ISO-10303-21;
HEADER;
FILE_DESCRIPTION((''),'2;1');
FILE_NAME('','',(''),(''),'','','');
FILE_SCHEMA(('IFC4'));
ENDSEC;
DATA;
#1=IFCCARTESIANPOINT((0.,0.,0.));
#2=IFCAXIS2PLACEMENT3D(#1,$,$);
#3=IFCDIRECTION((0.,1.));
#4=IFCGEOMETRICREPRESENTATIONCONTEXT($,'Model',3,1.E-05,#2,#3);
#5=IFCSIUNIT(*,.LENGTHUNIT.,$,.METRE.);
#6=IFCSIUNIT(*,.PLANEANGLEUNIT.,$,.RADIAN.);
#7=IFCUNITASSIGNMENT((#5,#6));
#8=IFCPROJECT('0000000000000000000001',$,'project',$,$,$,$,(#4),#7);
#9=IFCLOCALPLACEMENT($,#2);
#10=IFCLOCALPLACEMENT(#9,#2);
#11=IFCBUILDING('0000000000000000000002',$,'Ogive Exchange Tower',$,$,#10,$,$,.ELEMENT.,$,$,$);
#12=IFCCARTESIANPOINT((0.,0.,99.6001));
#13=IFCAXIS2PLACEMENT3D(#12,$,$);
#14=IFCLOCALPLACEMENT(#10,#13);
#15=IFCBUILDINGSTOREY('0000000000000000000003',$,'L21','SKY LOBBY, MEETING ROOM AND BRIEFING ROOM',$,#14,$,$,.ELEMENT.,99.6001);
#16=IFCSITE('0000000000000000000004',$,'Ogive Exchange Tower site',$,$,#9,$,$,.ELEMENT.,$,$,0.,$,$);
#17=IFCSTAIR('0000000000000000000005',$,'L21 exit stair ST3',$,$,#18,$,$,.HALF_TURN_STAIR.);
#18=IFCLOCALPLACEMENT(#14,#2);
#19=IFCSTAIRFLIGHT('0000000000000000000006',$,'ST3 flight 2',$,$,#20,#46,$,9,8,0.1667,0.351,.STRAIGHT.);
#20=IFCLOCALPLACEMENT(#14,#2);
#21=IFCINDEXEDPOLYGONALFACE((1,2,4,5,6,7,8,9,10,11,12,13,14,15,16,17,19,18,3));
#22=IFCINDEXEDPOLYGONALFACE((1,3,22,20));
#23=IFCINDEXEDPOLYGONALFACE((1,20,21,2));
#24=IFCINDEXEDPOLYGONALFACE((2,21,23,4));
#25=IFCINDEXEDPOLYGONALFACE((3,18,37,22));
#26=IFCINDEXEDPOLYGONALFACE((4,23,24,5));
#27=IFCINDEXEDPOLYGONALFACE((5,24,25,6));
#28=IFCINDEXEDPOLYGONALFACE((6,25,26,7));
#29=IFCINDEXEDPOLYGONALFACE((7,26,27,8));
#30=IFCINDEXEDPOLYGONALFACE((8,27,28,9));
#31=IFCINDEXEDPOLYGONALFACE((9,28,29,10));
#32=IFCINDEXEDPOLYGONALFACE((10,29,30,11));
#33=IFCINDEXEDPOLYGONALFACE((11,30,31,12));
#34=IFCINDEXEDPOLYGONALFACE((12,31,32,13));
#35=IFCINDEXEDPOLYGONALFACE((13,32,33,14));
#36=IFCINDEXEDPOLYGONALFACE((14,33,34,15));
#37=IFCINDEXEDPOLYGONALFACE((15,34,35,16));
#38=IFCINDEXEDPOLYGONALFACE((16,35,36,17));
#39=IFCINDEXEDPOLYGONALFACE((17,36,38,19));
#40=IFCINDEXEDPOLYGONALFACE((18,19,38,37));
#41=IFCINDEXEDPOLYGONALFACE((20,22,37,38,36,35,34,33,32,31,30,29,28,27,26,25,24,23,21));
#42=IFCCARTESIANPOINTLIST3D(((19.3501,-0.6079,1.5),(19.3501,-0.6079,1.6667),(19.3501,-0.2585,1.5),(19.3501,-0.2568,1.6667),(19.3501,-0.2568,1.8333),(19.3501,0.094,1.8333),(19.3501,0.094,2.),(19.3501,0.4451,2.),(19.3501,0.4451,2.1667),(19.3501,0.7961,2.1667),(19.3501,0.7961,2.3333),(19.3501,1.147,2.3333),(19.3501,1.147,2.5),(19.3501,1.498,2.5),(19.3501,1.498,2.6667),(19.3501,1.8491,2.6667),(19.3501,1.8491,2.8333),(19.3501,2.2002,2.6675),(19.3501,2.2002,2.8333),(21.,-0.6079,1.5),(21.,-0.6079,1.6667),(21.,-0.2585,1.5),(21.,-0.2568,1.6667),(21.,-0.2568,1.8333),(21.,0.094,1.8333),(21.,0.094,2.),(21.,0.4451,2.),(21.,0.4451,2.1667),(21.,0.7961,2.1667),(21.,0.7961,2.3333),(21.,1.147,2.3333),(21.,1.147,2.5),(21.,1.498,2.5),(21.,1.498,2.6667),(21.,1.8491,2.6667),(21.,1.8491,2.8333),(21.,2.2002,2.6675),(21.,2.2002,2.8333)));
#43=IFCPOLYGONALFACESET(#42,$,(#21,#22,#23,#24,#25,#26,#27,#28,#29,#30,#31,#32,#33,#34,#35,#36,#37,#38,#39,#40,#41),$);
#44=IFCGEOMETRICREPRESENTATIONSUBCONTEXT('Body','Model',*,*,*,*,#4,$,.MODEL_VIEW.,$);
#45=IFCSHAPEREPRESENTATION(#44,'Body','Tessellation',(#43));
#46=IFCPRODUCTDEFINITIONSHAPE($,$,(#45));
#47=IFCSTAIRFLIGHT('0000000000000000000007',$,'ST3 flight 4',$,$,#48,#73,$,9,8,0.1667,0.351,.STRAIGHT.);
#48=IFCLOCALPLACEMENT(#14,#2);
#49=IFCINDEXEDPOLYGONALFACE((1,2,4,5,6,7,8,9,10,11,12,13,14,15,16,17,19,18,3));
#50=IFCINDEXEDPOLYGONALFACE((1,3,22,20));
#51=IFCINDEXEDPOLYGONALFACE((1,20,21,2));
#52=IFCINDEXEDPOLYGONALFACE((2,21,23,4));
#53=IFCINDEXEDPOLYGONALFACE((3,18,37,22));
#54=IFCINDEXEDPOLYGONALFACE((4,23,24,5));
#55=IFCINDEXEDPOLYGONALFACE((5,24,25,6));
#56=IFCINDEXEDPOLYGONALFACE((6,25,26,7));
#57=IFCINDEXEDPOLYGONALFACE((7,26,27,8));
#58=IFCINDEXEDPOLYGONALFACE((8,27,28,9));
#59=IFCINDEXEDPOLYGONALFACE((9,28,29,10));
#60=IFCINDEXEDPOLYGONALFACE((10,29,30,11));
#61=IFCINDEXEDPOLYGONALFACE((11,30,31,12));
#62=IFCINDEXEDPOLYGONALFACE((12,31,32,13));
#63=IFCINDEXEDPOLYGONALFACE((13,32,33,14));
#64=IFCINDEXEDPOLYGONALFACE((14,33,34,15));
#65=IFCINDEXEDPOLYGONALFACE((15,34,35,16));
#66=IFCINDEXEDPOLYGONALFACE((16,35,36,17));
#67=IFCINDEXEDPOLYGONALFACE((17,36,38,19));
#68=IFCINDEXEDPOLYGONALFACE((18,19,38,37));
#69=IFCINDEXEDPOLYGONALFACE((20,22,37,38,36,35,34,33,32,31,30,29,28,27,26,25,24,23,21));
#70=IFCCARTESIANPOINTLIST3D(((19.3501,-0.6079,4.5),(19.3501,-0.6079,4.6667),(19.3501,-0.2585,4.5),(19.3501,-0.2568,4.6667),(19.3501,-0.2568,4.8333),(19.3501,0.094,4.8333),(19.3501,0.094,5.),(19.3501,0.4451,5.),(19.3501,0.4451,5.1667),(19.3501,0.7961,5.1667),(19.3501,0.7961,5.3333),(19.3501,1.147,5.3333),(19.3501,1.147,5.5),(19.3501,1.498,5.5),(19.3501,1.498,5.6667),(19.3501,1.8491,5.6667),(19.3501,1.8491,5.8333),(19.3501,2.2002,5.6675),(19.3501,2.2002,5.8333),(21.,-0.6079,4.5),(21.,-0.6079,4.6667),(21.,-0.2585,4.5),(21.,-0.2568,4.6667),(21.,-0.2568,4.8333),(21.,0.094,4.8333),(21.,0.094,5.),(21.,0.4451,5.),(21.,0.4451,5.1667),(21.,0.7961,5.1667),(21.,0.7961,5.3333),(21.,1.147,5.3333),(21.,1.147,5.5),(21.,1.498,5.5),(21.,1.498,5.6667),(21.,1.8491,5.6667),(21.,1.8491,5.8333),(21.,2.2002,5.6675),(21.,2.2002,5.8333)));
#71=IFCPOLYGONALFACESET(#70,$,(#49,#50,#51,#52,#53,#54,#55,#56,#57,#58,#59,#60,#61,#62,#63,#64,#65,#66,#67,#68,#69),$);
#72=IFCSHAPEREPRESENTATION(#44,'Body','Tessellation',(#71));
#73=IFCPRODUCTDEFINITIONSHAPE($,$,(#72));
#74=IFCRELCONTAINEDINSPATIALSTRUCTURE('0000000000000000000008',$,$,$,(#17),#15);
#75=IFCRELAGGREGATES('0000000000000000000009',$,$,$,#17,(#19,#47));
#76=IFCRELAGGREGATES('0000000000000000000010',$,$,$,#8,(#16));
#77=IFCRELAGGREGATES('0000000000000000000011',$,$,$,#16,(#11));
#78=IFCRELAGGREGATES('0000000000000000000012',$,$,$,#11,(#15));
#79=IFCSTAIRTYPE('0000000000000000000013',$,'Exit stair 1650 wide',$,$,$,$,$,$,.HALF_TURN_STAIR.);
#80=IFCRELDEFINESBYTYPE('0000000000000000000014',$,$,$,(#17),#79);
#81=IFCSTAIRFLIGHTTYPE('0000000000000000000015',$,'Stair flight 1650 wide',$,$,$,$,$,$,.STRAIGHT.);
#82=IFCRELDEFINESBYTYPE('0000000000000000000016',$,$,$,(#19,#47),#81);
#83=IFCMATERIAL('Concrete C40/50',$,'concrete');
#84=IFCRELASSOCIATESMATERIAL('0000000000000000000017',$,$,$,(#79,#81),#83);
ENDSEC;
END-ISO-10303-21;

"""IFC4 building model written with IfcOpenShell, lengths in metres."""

from ifc_helpers import new_model, si_unit, direction, frame, origin, place, context, subcontext, project, spatial, polyline, outline, extrude, material, type_object, element, aggregate, save


model = new_model("IFC4")

# Units and contexts
model_context = context("Model", 3, precision=1e-05, world=origin(), true_north=direction((0.0, 1.0)))
body_context = subcontext(model_context, "Body", "Model", "MODEL_VIEW")
ifc_project = project(units=[si_unit("LENGTHUNIT", "METRE"), si_unit("PLANEANGLEUNIT", "RADIAN")], contexts=[model_context])

# Site, building, storey
site_placement = place(None, origin())
site = spatial("IfcSite", under=ifc_project, at=site_placement, Name="Ogive Exchange Tower site", CompositionType="ELEMENT", RefElevation=0.0)
building_placement = place(site_placement, origin())
building = spatial("IfcBuilding", under=site, at=building_placement, Name="Ogive Exchange Tower", CompositionType="ELEMENT")
storey_placement = place(building_placement, frame((0.0, 0.0, 99.6001)))
storey = spatial("IfcBuildingStorey", under=building, at=storey_placement, Name="L21", Description="SKY LOBBY, MEETING ROOM AND BRIEFING ROOM", CompositionType="ELEMENT", Elevation=99.6001)

# Stair, stair flights
ifc_material_1 = material(Name="Concrete C40/50", Category="concrete")
stair_type = type_object("IfcStairType", Name="Exit stair 1650 wide", PredefinedType="HALF_TURN_STAIR", material=ifc_material_1)
stair_placement = place(storey_placement, origin())
stair = element("IfcStair", 1, at=stair_placement, inside=storey, type_object=stair_type, Name="L21 exit stair ST3", PredefinedType="HALF_TURN_STAIR")
stair_flight_type = type_object("IfcStairFlightType", Name="Stair flight 1650 wide", PredefinedType="STRAIGHT", material=ifc_material_1)
stair_flight_1_placement = place(storey_placement, frame((20.175, -0.6079, 1.5), z_axis=(0.0, 0.0, 1.0), x_axis=(0.0, 1.0, 0.0)))
stair_flight_1 = element("IfcStairFlight", 2, at=stair_flight_1_placement, type_object=stair_flight_type, Name="ST3 flight 2", NumberOfRisers=9, NumberOfTreads=8, PredefinedType="STRAIGHT", RiserHeight=0.1667, TreadLength=0.351, context=body_context, shape_type="SweptSolid", body=[
    extrude(outline(polyline([(0.0, 0.0), (0.0, 0.1667), (0.3511, 0.1667), (0.3511, 0.3333), (0.7019, 0.3333), (0.7019, 0.5), (1.053, 0.5), (1.053, 0.6667), (1.4041, 0.6667), (1.4041, 0.8333), (1.7549, 0.8333), (1.7549, 1.0), (2.106, 1.0), (2.106, 1.1667), (2.457, 1.1667), (2.457, 1.3333), (2.8081, 1.3333), (2.8081, 1.5), (2.8081, 1.1675), (0.3494, 0.0), (0.0, 0.0)])), frame((0.0, 0.825, 0.0), z_axis=(0.0, -1.0, 0.0), x_axis=(1.0, 0.0, 0.0)), (0.0, 0.0, 1.0), 1.6499),
])
stair_flight_2_placement = place(storey_placement, frame((20.175, -0.6079, 4.5), z_axis=(0.0, 0.0, 1.0), x_axis=(0.0, 1.0, 0.0)))
stair_flight_2 = element("IfcStairFlight", 3, at=stair_flight_2_placement, type_object=stair_flight_type, Name="ST3 flight 4", NumberOfRisers=9, NumberOfTreads=8, PredefinedType="STRAIGHT", RiserHeight=0.1667, TreadLength=0.351, context=body_context, shape_type="SweptSolid", body=[
    extrude(outline(polyline([(0.0, 0.0), (0.0, 0.1667), (0.3511, 0.1667), (0.3511, 0.3333), (0.7019, 0.3333), (0.7019, 0.5), (1.053, 0.5), (1.053, 0.6667), (1.4041, 0.6667), (1.4041, 0.8333), (1.7549, 0.8333), (1.7549, 1.0), (2.106, 1.0), (2.106, 1.1667), (2.457, 1.1667), (2.457, 1.3333), (2.8081, 1.3333), (2.8081, 1.5), (2.8081, 1.1675), (0.3494, 0.0), (0.0, 0.0)])), frame((0.0, 0.825, 0.0), z_axis=(0.0, -1.0, 0.0), x_axis=(1.0, 0.0, 0.0)), (0.0, 0.0, 1.0), 1.6499),
])
aggregate(stair, [stair_flight_1, stair_flight_2])

save(model, "model.ifc")
